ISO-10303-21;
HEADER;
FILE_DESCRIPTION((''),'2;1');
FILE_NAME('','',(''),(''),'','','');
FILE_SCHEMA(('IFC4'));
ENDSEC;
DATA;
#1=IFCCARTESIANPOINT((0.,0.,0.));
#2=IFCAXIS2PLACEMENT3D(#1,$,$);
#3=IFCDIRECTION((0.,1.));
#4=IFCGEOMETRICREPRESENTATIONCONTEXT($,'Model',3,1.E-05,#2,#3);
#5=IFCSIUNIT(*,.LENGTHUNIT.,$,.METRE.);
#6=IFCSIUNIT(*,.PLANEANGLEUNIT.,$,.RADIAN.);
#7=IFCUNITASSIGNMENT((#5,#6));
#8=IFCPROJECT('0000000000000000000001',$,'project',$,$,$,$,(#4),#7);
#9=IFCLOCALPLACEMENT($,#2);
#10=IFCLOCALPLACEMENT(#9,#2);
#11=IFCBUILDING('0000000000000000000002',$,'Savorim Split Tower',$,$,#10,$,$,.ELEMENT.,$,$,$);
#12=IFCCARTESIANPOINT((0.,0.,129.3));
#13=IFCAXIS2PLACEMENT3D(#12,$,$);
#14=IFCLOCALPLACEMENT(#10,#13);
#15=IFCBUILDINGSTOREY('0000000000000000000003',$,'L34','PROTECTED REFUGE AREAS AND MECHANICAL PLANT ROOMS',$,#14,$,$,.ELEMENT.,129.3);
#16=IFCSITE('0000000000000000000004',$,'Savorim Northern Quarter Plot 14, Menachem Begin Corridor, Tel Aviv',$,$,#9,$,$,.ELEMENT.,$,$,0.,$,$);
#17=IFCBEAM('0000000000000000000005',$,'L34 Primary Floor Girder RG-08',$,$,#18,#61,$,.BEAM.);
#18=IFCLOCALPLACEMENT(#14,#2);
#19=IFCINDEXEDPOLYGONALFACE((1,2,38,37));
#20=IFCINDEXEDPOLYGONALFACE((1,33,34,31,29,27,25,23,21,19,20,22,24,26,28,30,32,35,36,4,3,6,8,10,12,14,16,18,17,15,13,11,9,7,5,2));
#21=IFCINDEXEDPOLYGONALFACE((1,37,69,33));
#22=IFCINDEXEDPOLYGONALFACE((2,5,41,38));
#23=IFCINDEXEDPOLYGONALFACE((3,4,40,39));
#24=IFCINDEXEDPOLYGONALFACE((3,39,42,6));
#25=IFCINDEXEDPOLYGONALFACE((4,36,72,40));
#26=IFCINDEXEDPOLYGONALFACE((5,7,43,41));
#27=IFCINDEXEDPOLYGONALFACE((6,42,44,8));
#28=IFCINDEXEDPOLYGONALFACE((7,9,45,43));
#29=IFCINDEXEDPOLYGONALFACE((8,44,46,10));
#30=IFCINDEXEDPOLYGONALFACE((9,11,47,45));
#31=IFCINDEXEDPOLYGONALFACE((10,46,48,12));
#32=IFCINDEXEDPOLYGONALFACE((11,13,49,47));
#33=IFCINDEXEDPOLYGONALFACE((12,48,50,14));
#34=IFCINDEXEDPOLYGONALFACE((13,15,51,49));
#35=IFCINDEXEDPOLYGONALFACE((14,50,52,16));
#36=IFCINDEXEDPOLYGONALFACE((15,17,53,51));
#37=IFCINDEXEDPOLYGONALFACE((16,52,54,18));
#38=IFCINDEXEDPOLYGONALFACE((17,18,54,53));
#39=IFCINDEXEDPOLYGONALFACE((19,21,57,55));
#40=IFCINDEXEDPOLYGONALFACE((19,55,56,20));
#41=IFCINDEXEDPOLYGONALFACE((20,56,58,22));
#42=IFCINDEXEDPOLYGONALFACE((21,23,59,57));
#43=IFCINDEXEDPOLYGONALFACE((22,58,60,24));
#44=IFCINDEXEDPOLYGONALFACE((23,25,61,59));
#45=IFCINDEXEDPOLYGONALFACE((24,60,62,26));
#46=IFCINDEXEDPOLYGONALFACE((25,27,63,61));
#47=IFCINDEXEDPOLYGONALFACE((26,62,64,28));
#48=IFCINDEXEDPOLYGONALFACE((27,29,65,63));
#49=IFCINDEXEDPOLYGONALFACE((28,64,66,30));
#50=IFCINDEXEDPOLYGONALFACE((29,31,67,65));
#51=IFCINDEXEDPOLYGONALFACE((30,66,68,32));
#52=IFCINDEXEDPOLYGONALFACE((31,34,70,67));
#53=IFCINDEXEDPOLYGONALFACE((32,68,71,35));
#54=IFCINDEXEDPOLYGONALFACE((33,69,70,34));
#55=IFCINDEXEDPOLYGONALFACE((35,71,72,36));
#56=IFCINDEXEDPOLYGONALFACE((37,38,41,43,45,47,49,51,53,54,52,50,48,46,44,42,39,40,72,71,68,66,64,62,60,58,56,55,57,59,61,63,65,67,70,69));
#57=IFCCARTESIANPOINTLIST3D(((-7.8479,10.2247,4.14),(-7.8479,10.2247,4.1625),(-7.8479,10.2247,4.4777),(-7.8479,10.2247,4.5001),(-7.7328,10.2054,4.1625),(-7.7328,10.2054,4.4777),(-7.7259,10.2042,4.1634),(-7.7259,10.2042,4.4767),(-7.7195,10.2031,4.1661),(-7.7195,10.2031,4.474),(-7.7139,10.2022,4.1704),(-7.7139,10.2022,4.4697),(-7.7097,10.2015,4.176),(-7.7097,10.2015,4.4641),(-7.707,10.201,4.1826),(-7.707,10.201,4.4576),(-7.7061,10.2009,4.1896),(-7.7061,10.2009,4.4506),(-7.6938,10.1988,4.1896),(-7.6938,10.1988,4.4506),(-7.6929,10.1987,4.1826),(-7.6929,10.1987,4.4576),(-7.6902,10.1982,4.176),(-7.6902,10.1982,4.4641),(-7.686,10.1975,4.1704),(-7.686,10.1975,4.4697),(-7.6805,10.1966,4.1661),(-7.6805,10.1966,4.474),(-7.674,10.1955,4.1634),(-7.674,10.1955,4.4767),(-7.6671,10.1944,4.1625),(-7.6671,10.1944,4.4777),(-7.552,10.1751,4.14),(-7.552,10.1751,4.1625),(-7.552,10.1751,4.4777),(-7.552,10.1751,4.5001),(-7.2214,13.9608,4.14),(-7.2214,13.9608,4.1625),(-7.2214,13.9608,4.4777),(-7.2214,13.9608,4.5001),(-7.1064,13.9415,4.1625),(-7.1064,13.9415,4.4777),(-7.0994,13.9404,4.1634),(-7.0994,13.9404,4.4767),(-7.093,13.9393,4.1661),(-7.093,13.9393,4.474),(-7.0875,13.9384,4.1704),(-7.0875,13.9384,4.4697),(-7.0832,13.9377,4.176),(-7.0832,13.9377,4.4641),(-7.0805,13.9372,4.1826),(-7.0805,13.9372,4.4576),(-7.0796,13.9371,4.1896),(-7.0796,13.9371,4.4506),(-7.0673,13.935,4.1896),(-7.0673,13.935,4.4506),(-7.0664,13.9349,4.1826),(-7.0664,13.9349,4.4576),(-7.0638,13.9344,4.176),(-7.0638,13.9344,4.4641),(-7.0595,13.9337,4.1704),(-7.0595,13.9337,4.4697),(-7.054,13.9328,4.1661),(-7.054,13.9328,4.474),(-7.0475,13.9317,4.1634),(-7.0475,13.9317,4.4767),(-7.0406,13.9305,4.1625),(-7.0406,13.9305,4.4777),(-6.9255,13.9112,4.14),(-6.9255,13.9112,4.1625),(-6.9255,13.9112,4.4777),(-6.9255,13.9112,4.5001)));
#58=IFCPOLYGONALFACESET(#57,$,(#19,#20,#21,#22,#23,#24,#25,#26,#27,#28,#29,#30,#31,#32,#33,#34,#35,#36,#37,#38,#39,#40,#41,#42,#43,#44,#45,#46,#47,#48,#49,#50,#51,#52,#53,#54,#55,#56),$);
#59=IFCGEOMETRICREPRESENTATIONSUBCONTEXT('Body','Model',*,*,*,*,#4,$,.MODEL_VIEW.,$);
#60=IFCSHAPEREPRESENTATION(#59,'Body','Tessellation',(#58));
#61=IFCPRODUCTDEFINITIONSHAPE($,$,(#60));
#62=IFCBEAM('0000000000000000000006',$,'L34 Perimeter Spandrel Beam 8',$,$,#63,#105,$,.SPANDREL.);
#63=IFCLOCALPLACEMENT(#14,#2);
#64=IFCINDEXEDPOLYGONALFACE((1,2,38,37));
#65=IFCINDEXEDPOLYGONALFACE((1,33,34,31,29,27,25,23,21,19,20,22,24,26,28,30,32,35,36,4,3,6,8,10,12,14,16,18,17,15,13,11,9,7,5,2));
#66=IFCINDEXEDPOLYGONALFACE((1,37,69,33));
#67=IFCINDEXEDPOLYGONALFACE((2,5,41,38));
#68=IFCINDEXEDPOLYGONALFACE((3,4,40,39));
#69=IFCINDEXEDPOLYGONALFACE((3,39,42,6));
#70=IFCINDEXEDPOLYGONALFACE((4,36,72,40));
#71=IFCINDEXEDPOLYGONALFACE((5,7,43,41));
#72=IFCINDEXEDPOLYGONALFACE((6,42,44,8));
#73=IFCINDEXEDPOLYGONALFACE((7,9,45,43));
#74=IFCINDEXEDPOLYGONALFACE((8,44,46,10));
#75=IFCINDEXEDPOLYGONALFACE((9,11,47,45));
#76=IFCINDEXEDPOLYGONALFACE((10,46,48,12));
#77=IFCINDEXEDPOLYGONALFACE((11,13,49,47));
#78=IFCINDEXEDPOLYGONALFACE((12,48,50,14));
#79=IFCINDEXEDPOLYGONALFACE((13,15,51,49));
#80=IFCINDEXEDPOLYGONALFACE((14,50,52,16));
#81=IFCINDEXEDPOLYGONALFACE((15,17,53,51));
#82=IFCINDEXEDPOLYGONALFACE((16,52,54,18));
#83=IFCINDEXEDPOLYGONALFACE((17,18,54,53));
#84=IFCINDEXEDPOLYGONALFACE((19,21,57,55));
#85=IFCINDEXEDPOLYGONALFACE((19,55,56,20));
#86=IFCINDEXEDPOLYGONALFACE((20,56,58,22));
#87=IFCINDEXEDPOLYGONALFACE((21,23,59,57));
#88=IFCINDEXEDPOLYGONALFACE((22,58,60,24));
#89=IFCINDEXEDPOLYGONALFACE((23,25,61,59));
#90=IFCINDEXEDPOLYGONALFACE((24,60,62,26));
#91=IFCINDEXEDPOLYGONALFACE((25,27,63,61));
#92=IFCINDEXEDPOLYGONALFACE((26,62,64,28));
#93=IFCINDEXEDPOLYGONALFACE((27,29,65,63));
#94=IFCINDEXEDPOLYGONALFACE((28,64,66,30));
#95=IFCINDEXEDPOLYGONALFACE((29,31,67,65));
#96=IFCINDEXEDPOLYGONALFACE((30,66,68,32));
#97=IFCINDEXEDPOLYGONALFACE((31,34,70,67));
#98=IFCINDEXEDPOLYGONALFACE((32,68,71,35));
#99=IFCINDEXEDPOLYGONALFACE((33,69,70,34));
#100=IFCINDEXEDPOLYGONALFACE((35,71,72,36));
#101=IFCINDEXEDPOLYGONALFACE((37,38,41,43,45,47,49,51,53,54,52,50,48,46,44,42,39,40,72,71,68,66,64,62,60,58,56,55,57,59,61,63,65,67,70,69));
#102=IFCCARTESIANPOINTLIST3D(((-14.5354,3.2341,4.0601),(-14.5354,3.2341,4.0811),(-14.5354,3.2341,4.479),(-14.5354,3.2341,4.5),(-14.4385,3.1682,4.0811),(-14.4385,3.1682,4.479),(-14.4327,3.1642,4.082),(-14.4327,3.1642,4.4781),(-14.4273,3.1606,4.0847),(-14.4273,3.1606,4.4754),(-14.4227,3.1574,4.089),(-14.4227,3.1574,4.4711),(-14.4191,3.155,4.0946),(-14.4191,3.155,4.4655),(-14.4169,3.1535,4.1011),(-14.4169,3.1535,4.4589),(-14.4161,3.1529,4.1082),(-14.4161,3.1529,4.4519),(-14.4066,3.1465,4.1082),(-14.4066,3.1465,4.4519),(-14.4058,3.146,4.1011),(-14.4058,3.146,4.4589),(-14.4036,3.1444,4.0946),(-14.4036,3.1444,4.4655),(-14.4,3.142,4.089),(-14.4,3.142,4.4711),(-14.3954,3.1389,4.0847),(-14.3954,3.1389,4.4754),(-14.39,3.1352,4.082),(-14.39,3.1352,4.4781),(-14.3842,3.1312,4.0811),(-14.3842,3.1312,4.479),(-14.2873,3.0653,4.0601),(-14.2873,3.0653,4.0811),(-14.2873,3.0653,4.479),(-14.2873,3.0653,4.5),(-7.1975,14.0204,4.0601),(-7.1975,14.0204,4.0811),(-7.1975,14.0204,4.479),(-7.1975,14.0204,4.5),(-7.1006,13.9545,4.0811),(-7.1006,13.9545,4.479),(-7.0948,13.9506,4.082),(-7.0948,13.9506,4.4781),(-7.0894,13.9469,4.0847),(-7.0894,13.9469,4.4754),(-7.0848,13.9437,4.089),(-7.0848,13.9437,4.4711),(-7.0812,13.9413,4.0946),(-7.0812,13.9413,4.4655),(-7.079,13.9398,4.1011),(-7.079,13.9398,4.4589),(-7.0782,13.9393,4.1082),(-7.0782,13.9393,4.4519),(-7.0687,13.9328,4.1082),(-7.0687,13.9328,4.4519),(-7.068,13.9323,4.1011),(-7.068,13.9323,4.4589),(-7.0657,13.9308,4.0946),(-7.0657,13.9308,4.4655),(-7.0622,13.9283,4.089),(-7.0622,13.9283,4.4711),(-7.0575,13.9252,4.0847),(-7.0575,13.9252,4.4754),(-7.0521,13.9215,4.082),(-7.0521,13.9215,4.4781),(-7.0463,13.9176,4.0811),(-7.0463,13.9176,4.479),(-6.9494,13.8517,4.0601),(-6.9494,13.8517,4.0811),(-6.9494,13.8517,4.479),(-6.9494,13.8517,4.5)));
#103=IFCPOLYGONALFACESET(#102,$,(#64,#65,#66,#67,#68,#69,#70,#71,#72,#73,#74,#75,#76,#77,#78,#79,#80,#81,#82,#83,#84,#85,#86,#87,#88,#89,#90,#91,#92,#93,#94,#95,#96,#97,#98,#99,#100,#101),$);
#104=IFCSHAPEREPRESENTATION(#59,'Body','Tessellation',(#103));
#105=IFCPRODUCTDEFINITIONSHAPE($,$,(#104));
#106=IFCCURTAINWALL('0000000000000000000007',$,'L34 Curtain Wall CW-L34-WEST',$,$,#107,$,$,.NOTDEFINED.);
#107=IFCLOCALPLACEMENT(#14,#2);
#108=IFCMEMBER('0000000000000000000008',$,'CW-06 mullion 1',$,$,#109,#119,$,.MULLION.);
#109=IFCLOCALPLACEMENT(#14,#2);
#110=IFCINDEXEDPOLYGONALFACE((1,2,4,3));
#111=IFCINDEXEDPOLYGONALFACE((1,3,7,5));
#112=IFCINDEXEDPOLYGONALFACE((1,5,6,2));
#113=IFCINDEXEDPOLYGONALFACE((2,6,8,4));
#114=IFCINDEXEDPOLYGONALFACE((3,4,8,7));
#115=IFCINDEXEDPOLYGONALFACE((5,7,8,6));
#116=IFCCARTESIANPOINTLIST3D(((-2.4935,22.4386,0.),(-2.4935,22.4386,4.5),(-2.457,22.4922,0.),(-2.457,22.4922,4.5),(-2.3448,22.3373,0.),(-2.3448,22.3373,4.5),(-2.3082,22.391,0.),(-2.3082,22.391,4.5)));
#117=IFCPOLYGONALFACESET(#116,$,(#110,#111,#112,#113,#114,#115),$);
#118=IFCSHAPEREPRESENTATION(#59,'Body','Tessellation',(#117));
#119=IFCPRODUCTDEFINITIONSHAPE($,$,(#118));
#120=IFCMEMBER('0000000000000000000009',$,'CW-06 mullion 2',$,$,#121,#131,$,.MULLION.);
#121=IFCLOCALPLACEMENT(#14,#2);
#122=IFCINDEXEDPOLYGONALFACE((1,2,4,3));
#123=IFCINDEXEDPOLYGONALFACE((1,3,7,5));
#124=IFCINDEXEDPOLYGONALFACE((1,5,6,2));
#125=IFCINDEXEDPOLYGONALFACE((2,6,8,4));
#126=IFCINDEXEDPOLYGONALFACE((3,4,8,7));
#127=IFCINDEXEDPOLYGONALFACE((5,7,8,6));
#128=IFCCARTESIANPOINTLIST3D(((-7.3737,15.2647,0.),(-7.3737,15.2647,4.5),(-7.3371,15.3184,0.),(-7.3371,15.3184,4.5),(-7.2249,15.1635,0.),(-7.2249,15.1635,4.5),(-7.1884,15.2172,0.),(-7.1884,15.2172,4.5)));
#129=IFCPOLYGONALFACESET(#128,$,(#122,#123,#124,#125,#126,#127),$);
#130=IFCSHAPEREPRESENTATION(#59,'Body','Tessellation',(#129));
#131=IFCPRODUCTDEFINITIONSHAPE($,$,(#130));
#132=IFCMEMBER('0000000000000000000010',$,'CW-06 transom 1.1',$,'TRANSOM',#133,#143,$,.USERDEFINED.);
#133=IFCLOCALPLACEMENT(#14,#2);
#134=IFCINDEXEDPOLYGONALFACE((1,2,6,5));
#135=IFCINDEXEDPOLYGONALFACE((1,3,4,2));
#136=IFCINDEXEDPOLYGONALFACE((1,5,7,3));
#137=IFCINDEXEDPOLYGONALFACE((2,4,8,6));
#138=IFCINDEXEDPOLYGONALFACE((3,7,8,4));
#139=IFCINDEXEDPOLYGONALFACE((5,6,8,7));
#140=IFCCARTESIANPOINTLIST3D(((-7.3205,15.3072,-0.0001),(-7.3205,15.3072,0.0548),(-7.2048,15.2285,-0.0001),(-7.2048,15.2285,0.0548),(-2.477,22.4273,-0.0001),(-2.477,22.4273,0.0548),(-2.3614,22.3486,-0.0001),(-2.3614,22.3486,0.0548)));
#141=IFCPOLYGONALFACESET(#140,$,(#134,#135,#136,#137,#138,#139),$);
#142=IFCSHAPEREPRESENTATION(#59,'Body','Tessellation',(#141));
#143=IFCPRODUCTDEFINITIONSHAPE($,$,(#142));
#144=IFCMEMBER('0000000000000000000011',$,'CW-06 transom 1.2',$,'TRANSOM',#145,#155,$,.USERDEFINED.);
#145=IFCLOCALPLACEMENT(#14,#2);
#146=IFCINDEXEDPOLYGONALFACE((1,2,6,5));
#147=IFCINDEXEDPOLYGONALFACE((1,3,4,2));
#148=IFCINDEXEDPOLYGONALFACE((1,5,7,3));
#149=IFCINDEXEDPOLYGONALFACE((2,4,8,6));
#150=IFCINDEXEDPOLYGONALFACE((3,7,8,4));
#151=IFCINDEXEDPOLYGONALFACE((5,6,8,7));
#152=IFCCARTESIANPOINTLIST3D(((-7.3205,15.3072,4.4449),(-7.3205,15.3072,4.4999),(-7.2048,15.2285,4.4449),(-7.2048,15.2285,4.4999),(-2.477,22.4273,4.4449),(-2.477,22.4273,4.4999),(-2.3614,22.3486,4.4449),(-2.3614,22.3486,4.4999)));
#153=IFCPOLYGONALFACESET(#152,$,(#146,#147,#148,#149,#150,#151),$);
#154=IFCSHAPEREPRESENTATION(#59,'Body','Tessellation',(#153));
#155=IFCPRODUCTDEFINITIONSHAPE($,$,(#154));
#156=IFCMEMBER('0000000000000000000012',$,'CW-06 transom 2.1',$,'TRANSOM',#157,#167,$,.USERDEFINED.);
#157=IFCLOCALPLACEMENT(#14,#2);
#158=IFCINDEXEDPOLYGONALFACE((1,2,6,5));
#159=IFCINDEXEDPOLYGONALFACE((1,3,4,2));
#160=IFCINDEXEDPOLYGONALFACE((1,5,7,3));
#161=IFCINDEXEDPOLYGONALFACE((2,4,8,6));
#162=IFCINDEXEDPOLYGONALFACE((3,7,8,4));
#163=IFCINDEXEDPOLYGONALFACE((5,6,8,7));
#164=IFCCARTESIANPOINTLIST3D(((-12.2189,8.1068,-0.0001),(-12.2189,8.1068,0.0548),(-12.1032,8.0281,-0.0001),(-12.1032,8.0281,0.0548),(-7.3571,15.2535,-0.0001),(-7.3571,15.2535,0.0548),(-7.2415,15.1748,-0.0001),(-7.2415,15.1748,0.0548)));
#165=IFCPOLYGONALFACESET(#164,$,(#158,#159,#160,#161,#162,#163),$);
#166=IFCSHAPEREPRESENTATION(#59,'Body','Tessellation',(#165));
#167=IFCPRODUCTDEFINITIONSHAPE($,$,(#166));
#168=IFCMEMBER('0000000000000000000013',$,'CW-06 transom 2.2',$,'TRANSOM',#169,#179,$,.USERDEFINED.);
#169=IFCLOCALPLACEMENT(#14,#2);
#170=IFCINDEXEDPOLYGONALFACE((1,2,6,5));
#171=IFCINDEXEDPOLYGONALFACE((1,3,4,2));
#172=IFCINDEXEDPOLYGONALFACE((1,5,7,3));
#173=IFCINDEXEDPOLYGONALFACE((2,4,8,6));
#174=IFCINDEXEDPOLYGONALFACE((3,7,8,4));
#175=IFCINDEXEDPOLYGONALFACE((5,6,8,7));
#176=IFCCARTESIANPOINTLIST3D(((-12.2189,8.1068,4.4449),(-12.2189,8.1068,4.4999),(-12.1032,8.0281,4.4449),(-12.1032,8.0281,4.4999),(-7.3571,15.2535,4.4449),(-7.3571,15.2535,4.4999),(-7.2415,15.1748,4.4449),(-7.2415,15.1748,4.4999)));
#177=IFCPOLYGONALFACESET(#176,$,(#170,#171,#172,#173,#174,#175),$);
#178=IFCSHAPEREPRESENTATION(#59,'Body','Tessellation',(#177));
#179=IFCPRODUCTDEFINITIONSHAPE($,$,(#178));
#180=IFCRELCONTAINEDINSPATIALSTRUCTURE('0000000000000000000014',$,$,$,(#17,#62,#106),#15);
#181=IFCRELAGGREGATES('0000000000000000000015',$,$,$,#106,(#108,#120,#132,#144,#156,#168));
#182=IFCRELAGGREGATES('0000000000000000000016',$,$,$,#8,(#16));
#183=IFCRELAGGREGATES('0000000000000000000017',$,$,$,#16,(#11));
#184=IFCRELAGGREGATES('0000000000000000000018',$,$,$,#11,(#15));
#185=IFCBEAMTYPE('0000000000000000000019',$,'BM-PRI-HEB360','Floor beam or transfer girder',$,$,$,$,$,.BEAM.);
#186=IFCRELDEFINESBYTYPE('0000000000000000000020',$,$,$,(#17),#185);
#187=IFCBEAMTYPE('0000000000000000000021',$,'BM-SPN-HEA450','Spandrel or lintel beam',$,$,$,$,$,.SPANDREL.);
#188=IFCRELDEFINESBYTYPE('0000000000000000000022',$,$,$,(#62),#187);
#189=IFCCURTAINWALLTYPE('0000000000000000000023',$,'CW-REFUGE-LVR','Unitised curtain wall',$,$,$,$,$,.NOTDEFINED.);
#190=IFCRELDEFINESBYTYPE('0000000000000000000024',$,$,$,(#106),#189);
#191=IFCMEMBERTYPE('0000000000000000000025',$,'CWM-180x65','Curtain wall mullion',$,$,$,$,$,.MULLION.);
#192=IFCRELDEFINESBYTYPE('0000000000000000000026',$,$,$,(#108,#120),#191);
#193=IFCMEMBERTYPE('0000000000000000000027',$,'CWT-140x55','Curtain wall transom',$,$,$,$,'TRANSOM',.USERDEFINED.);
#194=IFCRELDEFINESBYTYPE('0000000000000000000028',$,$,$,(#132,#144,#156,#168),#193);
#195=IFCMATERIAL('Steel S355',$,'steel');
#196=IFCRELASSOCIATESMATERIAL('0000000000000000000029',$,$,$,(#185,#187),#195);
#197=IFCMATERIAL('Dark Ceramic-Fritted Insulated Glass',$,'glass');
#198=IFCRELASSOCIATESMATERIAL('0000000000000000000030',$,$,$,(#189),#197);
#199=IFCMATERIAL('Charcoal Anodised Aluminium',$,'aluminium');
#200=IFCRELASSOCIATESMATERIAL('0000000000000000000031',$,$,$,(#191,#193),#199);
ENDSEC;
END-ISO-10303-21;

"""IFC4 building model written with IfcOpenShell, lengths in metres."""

from ifc_helpers import new_model, si_unit, direction, frame, origin, origin_2d, place, context, subcontext, project, spatial, rectangle, i_section, extrude, material, material_profile, profile_set, type_object, element, aggregate, save


model = new_model("IFC4")

# Units and contexts
model_context = context("Model", 3, precision=1e-05, world=origin(), true_north=direction((0.0, 1.0)))
body_context = subcontext(model_context, "Body", "Model", "MODEL_VIEW")
ifc_project = project(units=[si_unit("LENGTHUNIT", "METRE"), si_unit("PLANEANGLEUNIT", "RADIAN")], contexts=[model_context])

# Site, building, storey
site_placement = place(None, origin())
site = spatial("IfcSite", under=ifc_project, at=site_placement, Name="Savorim Northern Quarter Plot 14, Menachem Begin Corridor, Tel Aviv", CompositionType="ELEMENT", RefElevation=0.0)
building_placement = place(site_placement, origin())
building = spatial("IfcBuilding", under=site, at=building_placement, Name="Savorim Split Tower", CompositionType="ELEMENT")
storey_placement = place(building_placement, frame((0.0, 0.0, 129.3)))
storey = spatial("IfcBuildingStorey", under=building, at=storey_placement, Name="L34", Description="PROTECTED REFUGE AREAS AND MECHANICAL PLANT ROOMS", CompositionType="ELEMENT", Elevation=129.3)

# Beams
ifc_material_1 = material(Name="Steel S355", Category="steel")
ifc_material_profile_1 = material_profile(ifc_material_1, i_section(OverallWidth=0.3, OverallDepth=0.3601, WebThickness=0.0125, FlangeThickness=0.0225, FilletRadius=0.0271, at=origin_2d()), Name="HEB 360")
ifc_profile_set_1 = profile_set([ifc_material_profile_1], Name="Steel S355")
beam_type_1 = type_object("IfcBeamType", Name="BM-PRI-HEB360", Description="Floor beam or transfer girder", PredefinedType="BEAM", material=ifc_profile_set_1)
beam_1_placement = place(storey_placement, frame((-7.0735, 13.936, 4.3201), z_axis=(-0.165371, -0.986231, 0.0), x_axis=(0.986231, -0.165371, 0.0)))
element("IfcBeam", 1, at=beam_1_placement, inside=storey, type_object=beam_type_1, Name="L34 Primary Floor Girder RG-08", PredefinedType="BEAM", context=body_context, shape_type="SweptSolid", body=[
    extrude(i_section(OverallWidth=0.3, OverallDepth=0.3601, WebThickness=0.0125, FlangeThickness=0.0225, FilletRadius=0.0271, at=origin_2d()), origin(), (0.0, 0.0, 1.0), 3.7883),
])
ifc_material_profile_2 = material_profile(ifc_material_1, i_section(OverallWidth=0.3, OverallDepth=0.4399, WebThickness=0.0115, FlangeThickness=0.021, FilletRadius=0.0271, at=origin_2d()), Name="HEA 450")
ifc_profile_set_2 = profile_set([ifc_material_profile_2], Name="Steel S355")
beam_type_2 = type_object("IfcBeamType", Name="BM-SPN-HEA450", Description="Spandrel or lintel beam", PredefinedType="SPANDREL", material=ifc_profile_set_2)
beam_2_placement = place(storey_placement, frame((-7.0735, 13.936, 4.28), z_axis=(-0.562475, -0.826814, 0.0), x_axis=(0.826814, -0.562475, 0.0)))
element("IfcBeam", 2, at=beam_2_placement, inside=storey, type_object=beam_type_2, Name="L34 Perimeter Spandrel Beam 8", PredefinedType="SPANDREL", context=body_context, shape_type="SweptSolid", body=[
    extrude(i_section(OverallWidth=0.3, OverallDepth=0.4399, WebThickness=0.0115, FlangeThickness=0.021, FilletRadius=0.0271, at=origin_2d()), origin(), (0.0, 0.0, 1.0), 13.0457),
])

# Curtain wall, members
ifc_material_2 = material(Name="Dark Ceramic-Fritted Insulated Glass", Category="glass")
curtain_wall_type = type_object("IfcCurtainWallType", Name="CW-REFUGE-LVR", Description="Unitised curtain wall", PredefinedType="NOTDEFINED", material=ifc_material_2)
curtain_wall_placement = place(storey_placement, origin())
curtain_wall = element("IfcCurtainWall", 3, at=curtain_wall_placement, inside=storey, type_object=curtain_wall_type, Name="L34 Curtain Wall CW-L34-WEST", PredefinedType="NOTDEFINED")
ifc_material_3 = material(Name="Charcoal Anodised Aluminium", Category="aluminium")
ifc_material_profile_3 = material_profile(ifc_material_3, rectangle(XDim=0.1799, YDim=0.0649, at=origin_2d()), Name="ALU-M 180x65")
ifc_profile_set_3 = profile_set([ifc_material_profile_3], Name="Charcoal Anodised Aluminium")
member_type_1 = type_object("IfcMemberType", Name="CWM-180x65", Description="Curtain wall mullion", PredefinedType="MULLION", material=ifc_profile_set_3)
member_1_placement = place(storey_placement, frame((-2.4009, 22.4148, 0.0), z_axis=(0.0, 0.0, 1.0), x_axis=(0.82682, -0.562467, 0.0)))
member_1 = element("IfcMember", 4, at=member_1_placement, type_object=member_type_1, Name="CW-06 mullion 1", PredefinedType="MULLION", context=body_context, shape_type="SweptSolid", body=[
    extrude(rectangle(XDim=0.1799, YDim=0.0649, at=origin_2d()), origin(), (0.0, 0.0, 1.0), 4.5),
])
member_2_placement = place(storey_placement, frame((-7.281, 15.241, 0.0), z_axis=(0.0, 0.0, 1.0), x_axis=(0.82682, -0.562467, 0.0)))
member_2 = element("IfcMember", 5, at=member_2_placement, type_object=member_type_1, Name="CW-06 mullion 2", PredefinedType="MULLION", context=body_context, shape_type="SweptSolid", body=[
    extrude(rectangle(XDim=0.1799, YDim=0.0649, at=origin_2d()), origin(), (0.0, 0.0, 1.0), 4.5),
])
ifc_material_profile_4 = material_profile(ifc_material_3, rectangle(XDim=0.1399, YDim=0.0549, at=origin_2d()), Name="ALU-T 140x55")
ifc_profile_set_4 = profile_set([ifc_material_profile_4], Name="Charcoal Anodised Aluminium")
member_type_2 = type_object("IfcMemberType", Name="CWT-140x55", Description="Curtain wall transom", ElementType="TRANSOM", PredefinedType="USERDEFINED", material=ifc_profile_set_4)
member_3_placement = place(storey_placement, frame((-2.4192, 22.3879, 0.0273), z_axis=(-0.562455, -0.826828, 0.0), x_axis=(0.826828, -0.562455, 0.0)))
member_3 = element("IfcMember", 6, at=member_3_placement, type_object=member_type_2, Name="CW-06 transom 1.1", ObjectType="TRANSOM", PredefinedType="USERDEFINED", context=body_context, shape_type="SweptSolid", body=[
    extrude(rectangle(XDim=0.1399, YDim=0.0549, at=origin_2d()), origin(), (0.0, 0.0, 1.0), 8.6113),
])
member_4_placement = place(storey_placement, frame((-2.4192, 22.3879, 4.4724), z_axis=(-0.562455, -0.826828, 0.0), x_axis=(0.826828, -0.562455, 0.0)))
member_4 = element("IfcMember", 7, at=member_4_placement, type_object=member_type_2, Name="CW-06 transom 1.2", ObjectType="TRANSOM", PredefinedType="USERDEFINED", context=body_context, shape_type="SweptSolid", body=[
    extrude(rectangle(XDim=0.1399, YDim=0.0549, at=origin_2d()), origin(), (0.0, 0.0, 1.0), 8.6113),
])
member_5_placement = place(storey_placement, frame((-7.2993, 15.2141, 0.0273), z_axis=(-0.562471, -0.826817, 0.0), x_axis=(0.826817, -0.562471, 0.0)))
member_5 = element("IfcMember", 8, at=member_5_placement, type_object=member_type_2, Name="CW-06 transom 2.1", ObjectType="TRANSOM", PredefinedType="USERDEFINED", context=body_context, shape_type="SweptSolid", body=[
    extrude(rectangle(XDim=0.1399, YDim=0.0549, at=origin_2d()), origin(), (0.0, 0.0, 1.0), 8.6436),
])
member_6_placement = place(storey_placement, frame((-7.2993, 15.2141, 4.4724), z_axis=(-0.562471, -0.826817, 0.0), x_axis=(0.826817, -0.562471, 0.0)))
member_6 = element("IfcMember", 9, at=member_6_placement, type_object=member_type_2, Name="CW-06 transom 2.2", ObjectType="TRANSOM", PredefinedType="USERDEFINED", context=body_context, shape_type="SweptSolid", body=[
    extrude(rectangle(XDim=0.1399, YDim=0.0549, at=origin_2d()), origin(), (0.0, 0.0, 1.0), 8.6436),
])

aggregate(curtain_wall, [member_1, member_2, member_3, member_4, member_5, member_6])

save(model, "model.ifc")
